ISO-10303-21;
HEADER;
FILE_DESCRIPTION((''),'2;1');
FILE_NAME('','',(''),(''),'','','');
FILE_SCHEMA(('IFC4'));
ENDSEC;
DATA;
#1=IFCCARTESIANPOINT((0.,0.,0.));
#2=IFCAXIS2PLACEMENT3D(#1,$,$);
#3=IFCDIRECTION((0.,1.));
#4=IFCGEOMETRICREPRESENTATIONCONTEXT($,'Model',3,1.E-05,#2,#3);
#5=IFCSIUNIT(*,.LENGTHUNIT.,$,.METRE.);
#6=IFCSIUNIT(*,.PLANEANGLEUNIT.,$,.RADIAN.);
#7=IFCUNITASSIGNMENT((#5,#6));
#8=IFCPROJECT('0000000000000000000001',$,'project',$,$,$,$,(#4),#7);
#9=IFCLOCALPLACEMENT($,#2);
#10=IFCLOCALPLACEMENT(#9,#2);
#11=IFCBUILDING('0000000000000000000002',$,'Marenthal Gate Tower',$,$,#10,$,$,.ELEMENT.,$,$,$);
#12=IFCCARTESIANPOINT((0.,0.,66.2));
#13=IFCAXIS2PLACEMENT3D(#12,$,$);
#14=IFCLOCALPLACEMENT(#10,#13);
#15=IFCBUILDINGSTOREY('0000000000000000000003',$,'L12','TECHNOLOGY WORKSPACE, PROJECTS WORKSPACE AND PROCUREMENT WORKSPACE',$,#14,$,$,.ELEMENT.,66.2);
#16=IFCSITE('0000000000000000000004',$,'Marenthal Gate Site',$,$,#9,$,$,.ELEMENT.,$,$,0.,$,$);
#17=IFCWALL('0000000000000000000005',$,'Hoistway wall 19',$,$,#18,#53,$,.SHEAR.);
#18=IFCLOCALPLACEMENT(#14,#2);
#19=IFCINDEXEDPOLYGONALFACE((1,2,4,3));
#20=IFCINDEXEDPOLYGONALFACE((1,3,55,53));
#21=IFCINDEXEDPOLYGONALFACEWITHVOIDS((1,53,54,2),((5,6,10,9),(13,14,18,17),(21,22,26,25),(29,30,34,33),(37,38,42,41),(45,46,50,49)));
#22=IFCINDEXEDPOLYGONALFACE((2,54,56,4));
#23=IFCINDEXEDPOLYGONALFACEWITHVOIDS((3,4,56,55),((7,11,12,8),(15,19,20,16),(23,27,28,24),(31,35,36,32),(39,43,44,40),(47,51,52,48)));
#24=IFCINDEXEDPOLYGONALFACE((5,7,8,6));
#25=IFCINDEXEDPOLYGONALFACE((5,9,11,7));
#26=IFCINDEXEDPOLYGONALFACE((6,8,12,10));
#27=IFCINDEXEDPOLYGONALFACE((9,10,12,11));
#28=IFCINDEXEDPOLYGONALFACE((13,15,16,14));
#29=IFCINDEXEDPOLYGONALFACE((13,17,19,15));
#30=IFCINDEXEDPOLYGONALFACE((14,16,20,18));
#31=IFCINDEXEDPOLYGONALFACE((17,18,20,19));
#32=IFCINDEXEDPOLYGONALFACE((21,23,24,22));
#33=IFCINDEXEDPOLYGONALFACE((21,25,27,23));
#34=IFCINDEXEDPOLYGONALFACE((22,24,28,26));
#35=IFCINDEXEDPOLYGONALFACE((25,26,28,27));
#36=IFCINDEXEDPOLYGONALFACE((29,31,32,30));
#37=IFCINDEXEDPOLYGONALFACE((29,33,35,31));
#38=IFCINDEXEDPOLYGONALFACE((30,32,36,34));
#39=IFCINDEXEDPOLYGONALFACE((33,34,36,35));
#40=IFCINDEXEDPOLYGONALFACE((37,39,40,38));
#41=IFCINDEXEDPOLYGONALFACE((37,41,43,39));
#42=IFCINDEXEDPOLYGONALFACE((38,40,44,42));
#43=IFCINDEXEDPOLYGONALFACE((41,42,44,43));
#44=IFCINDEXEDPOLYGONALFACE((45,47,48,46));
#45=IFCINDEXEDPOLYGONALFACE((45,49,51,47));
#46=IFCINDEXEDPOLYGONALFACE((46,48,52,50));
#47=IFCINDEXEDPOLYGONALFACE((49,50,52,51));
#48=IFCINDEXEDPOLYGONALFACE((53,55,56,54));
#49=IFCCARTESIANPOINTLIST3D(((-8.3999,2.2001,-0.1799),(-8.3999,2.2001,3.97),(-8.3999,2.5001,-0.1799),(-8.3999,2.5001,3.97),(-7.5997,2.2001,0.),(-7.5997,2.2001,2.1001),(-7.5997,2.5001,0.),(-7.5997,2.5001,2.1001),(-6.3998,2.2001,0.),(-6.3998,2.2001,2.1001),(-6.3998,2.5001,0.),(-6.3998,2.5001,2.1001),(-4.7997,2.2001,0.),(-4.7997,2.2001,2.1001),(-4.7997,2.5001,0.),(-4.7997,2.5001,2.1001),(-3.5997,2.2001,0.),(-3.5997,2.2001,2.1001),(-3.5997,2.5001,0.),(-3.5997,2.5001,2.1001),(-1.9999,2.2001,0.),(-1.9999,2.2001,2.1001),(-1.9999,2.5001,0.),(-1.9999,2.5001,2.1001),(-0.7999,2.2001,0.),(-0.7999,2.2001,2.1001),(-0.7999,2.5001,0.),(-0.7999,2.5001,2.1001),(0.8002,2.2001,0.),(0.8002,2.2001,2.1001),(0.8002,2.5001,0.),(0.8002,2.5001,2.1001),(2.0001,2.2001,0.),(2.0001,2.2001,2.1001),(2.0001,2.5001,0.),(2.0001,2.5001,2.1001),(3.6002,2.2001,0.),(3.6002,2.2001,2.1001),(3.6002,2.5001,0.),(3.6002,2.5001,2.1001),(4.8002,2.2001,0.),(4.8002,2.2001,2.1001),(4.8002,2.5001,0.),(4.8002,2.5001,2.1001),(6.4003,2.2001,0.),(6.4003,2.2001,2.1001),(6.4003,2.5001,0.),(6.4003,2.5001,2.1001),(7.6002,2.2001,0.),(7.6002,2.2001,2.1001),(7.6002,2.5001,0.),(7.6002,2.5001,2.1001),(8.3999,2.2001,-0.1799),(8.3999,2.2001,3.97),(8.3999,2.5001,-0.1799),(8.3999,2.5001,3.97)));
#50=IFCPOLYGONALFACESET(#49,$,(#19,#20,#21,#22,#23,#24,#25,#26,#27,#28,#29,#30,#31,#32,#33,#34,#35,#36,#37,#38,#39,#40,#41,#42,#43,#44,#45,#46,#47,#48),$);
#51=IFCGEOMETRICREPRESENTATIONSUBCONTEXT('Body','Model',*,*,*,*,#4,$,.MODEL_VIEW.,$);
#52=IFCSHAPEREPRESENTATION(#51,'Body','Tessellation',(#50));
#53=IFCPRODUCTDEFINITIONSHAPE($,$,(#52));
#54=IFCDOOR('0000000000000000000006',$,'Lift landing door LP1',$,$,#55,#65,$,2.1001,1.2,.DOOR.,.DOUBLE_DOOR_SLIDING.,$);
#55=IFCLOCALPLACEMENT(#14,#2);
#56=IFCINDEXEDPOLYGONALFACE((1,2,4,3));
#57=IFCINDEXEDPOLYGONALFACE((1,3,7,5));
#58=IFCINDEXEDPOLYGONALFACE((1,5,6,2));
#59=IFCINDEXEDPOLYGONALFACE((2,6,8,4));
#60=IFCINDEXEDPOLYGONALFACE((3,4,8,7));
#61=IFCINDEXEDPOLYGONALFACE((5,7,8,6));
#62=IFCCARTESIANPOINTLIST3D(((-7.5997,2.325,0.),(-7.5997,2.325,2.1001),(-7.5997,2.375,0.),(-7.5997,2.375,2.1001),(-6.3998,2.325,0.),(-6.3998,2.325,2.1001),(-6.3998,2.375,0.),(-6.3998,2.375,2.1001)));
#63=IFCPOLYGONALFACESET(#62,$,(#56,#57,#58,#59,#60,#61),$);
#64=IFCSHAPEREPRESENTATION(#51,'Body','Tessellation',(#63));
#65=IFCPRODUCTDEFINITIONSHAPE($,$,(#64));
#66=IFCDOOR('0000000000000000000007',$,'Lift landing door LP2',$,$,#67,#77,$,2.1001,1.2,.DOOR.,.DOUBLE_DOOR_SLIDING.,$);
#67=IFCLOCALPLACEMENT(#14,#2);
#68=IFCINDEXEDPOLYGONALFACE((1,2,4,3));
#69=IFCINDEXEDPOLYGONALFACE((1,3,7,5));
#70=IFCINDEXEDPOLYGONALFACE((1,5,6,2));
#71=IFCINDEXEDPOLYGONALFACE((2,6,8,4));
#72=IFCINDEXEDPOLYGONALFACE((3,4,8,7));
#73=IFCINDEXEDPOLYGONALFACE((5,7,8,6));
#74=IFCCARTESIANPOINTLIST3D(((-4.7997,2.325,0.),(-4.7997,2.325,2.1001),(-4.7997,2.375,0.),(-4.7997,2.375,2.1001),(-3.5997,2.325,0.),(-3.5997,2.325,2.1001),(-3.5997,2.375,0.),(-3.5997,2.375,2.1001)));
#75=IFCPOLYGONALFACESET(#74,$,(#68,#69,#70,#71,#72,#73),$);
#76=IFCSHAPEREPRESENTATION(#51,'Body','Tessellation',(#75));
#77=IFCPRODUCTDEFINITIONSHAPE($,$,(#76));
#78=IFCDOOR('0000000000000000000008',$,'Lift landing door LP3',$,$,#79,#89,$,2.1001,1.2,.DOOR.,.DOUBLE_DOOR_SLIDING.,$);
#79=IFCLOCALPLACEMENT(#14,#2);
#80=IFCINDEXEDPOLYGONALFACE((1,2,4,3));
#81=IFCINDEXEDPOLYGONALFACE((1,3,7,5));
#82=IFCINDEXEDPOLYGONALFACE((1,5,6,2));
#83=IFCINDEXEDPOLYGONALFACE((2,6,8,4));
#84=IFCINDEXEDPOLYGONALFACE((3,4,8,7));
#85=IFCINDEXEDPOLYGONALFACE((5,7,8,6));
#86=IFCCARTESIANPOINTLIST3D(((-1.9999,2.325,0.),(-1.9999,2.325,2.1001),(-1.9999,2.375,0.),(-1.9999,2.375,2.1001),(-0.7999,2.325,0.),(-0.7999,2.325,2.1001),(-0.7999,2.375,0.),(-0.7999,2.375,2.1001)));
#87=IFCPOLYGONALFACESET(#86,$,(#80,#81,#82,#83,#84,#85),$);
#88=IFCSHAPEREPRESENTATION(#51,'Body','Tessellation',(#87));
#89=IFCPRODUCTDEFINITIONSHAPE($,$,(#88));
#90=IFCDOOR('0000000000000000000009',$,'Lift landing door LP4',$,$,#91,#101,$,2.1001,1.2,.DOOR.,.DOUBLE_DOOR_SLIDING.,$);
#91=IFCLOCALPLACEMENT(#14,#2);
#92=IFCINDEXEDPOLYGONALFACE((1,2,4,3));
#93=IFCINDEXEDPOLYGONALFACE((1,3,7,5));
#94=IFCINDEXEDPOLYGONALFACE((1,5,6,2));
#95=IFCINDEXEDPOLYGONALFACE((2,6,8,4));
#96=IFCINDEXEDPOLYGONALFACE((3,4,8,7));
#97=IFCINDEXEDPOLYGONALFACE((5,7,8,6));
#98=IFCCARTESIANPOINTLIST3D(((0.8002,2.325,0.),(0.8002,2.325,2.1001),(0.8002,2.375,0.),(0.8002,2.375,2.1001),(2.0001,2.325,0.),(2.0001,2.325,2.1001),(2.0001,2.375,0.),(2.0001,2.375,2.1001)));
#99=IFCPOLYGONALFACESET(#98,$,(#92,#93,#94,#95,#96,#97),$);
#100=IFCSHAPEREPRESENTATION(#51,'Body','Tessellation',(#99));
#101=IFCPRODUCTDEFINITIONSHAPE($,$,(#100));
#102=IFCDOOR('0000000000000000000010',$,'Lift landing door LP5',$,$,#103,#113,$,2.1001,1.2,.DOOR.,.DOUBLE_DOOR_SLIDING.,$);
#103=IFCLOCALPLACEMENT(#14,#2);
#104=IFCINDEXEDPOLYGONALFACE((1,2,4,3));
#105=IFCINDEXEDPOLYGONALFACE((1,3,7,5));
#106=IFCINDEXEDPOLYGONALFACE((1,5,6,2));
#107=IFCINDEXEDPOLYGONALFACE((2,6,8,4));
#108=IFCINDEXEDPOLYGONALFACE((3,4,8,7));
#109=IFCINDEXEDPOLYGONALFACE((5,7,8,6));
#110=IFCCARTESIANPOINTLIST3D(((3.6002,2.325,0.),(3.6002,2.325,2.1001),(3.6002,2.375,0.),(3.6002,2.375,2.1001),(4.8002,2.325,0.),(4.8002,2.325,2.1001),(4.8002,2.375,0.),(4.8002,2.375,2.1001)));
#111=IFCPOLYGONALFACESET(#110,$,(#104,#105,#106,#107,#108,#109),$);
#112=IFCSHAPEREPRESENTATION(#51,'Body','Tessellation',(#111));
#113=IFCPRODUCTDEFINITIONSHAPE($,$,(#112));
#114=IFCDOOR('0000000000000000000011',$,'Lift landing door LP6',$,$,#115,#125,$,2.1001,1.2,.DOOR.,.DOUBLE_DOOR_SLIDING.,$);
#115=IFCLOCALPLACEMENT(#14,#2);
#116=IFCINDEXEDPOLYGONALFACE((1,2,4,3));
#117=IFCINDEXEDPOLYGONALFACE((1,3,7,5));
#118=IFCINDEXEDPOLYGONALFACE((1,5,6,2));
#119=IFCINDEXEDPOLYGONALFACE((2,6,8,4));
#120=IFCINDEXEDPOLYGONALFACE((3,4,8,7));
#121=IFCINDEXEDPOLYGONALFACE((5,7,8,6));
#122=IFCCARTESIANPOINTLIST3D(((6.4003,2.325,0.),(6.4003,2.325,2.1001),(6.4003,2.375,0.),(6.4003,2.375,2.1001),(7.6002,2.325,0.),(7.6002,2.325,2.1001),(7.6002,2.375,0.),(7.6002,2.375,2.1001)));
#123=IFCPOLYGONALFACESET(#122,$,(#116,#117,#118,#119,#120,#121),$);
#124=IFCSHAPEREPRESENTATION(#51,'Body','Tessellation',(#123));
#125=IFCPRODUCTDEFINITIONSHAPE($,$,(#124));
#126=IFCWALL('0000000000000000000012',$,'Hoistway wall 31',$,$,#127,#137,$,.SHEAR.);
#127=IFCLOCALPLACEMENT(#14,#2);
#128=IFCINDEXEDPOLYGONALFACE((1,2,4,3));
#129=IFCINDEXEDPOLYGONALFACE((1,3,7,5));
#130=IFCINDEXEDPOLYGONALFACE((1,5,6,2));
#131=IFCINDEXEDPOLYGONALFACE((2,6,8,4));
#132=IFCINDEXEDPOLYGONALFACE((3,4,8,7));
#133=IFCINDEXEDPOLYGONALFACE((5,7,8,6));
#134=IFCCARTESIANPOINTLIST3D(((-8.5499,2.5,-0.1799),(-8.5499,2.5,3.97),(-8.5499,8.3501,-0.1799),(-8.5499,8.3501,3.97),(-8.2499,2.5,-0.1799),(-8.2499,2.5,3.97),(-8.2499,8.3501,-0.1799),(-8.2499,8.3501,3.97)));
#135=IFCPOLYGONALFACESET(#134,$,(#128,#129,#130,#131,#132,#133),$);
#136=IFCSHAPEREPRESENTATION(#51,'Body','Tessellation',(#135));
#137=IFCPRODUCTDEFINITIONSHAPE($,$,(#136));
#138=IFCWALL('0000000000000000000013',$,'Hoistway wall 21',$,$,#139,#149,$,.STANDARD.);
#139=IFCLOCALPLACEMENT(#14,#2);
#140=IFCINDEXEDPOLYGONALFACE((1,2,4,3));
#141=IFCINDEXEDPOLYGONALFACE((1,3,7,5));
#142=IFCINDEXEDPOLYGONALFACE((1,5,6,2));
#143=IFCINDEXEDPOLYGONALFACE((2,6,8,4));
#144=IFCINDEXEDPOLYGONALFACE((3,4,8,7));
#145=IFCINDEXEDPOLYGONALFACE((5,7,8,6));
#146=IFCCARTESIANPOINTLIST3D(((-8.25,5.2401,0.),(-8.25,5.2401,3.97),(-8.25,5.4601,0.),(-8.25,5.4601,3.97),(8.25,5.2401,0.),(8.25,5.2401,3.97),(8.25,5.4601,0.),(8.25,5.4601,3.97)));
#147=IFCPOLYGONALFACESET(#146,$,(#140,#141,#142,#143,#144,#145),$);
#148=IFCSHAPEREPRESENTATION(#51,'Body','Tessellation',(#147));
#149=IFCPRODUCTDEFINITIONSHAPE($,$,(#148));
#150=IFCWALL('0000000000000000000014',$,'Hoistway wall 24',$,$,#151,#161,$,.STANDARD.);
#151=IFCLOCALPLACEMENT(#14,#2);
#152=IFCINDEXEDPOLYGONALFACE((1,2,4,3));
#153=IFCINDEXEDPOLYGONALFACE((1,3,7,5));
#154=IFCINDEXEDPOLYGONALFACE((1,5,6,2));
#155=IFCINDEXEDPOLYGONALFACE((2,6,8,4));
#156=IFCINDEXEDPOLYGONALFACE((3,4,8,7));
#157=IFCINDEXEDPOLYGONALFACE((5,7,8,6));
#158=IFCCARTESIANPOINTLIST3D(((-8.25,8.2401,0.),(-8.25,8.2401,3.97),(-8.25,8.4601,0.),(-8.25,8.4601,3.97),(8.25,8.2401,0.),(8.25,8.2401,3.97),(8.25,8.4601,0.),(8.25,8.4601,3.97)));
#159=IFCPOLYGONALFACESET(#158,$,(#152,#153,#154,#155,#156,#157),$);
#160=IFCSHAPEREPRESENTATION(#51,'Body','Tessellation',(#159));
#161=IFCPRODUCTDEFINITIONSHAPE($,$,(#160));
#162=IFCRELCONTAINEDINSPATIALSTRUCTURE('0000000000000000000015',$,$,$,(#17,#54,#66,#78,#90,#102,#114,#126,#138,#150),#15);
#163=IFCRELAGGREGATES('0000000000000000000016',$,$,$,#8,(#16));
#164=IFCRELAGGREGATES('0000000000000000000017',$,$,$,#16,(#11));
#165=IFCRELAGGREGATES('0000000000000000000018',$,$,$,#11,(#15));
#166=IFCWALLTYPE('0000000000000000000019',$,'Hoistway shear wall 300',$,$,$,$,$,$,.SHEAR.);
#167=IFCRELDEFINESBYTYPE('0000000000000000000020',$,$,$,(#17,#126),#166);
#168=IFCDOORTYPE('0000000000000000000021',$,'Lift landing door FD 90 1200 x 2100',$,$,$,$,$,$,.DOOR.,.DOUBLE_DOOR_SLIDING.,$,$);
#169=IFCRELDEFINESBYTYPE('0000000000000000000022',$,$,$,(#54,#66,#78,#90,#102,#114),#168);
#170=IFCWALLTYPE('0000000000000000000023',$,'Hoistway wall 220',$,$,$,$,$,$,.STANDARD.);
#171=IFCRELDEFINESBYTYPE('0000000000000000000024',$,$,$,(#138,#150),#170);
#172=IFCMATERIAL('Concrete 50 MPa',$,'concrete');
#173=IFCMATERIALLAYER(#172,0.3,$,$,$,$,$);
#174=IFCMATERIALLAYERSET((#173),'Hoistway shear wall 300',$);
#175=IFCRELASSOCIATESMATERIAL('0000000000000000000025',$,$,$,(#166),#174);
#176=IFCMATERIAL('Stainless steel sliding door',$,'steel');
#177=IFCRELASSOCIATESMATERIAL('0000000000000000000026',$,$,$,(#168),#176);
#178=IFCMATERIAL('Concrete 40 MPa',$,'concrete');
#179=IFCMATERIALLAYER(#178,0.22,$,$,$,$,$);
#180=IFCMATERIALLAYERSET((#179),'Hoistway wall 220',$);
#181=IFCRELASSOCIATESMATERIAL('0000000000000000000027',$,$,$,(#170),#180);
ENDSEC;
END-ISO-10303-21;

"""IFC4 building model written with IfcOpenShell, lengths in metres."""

from ifc_helpers import new_model, si_unit, direction, frame, frame_2d, origin, place, context, subcontext, project, spatial, rectangle, extrude, material, layer, layer_set, type_object, element, fill, save


model = new_model("IFC4")

# Units and contexts
model_context = context("Model", 3, precision=1e-05, world=origin(), true_north=direction((0.0, 1.0)))
body_context = subcontext(model_context, "Body", "Model", "MODEL_VIEW")
ifc_project = project(units=[si_unit("LENGTHUNIT", "METRE"), si_unit("PLANEANGLEUNIT", "RADIAN")], contexts=[model_context])

# Site, building, storey
site_placement = place(None, origin())
site = spatial("IfcSite", under=ifc_project, at=site_placement, Name="Marenthal Gate Site", CompositionType="ELEMENT", RefElevation=0.0)
building_placement = place(site_placement, origin())
building = spatial("IfcBuilding", under=site, at=building_placement, Name="Marenthal Gate Tower", CompositionType="ELEMENT")
storey_placement = place(building_placement, frame((0.0, 0.0, 66.2)))
storey = spatial("IfcBuildingStorey", under=building, at=storey_placement, Name="L12", Description="TECHNOLOGY WORKSPACE, PROJECTS WORKSPACE AND PROCUREMENT WORKSPACE", CompositionType="ELEMENT", Elevation=66.2)

# Wall, openings, doors
ifc_material_1 = material(Name="Concrete 50 MPa", Category="concrete")
ifc_layer_1 = layer(ifc_material_1, 0.3)
ifc_layer_set_1 = layer_set([ifc_layer_1], Name="Hoistway shear wall 300")
wall_type_1 = type_object("IfcWallType", Name="Hoistway shear wall 300", PredefinedType="SHEAR", material=ifc_layer_set_1)
wall_1_placement = place(storey_placement, frame((-8.3999, 2.3501, -0.1799), z_axis=(0.0, 0.0, 1.0), x_axis=(1.0, 0.0, 0.0)))
wall_1 = element("IfcWall", 1, at=wall_1_placement, inside=storey, type_object=wall_type_1, Name="Hoistway wall 19", PredefinedType="SHEAR", context=body_context, shape_type="SweptSolid", body=[
    extrude(rectangle(XDim=16.7998, YDim=0.3, at=frame_2d((8.3999, 0.0))), origin(), (0.0, 0.0, 1.0), 4.1499),
])
opening_1_placement = place(wall_1_placement, frame((0.8, 0.0, 0.1799)))
opening_1 = element("IfcOpeningElement", 2, at=opening_1_placement, cuts=wall_1, PredefinedType="OPENING", context=body_context, shape_type="SweptSolid", body=[
    extrude(rectangle(XDim=1.2, YDim=2.1001, at=frame_2d((0.6001, 1.05))), frame((0.0, 0.1602, 0.0), z_axis=(0.0, -1.0, 0.0), x_axis=(1.0, 0.0, 0.0)), (0.0, 0.0, 1.0), 0.3201),
])
opening_2_placement = place(wall_1_placement, frame((3.6001, 0.0, 0.1799)))
opening_2 = element("IfcOpeningElement", 3, at=opening_2_placement, cuts=wall_1, PredefinedType="OPENING", context=body_context, shape_type="SweptSolid", body=[
    extrude(rectangle(XDim=1.2, YDim=2.1001, at=frame_2d((0.6001, 1.05))), frame((0.0, 0.1602, 0.0), z_axis=(0.0, -1.0, 0.0), x_axis=(1.0, 0.0, 0.0)), (0.0, 0.0, 1.0), 0.3201),
])
opening_3_placement = place(wall_1_placement, frame((6.3999, 0.0, 0.1799)))
opening_3 = element("IfcOpeningElement", 4, at=opening_3_placement, cuts=wall_1, PredefinedType="OPENING", context=body_context, shape_type="SweptSolid", body=[
    extrude(rectangle(XDim=1.2, YDim=2.1001, at=frame_2d((0.6001, 1.05))), frame((0.0, 0.1602, 0.0), z_axis=(0.0, -1.0, 0.0), x_axis=(1.0, 0.0, 0.0)), (0.0, 0.0, 1.0), 0.3201),
])
opening_4_placement = place(wall_1_placement, frame((9.2, 0.0, 0.1799)))
opening_4 = element("IfcOpeningElement", 5, at=opening_4_placement, cuts=wall_1, PredefinedType="OPENING", context=body_context, shape_type="SweptSolid", body=[
    extrude(rectangle(XDim=1.2, YDim=2.1001, at=frame_2d((0.6001, 1.05))), frame((0.0, 0.1602, 0.0), z_axis=(0.0, -1.0, 0.0), x_axis=(1.0, 0.0, 0.0)), (0.0, 0.0, 1.0), 0.3201),
])
opening_5_placement = place(wall_1_placement, frame((12.0, 0.0, 0.1799)))
opening_5 = element("IfcOpeningElement", 6, at=opening_5_placement, cuts=wall_1, PredefinedType="OPENING", context=body_context, shape_type="SweptSolid", body=[
    extrude(rectangle(XDim=1.2, YDim=2.1001, at=frame_2d((0.6001, 1.05))), frame((0.0, 0.1602, 0.0), z_axis=(0.0, -1.0, 0.0), x_axis=(1.0, 0.0, 0.0)), (0.0, 0.0, 1.0), 0.3201),
])
opening_6_placement = place(wall_1_placement, frame((14.8, 0.0, 0.1799)))
opening_6 = element("IfcOpeningElement", 7, at=opening_6_placement, cuts=wall_1, PredefinedType="OPENING", context=body_context, shape_type="SweptSolid", body=[
    extrude(rectangle(XDim=1.2, YDim=2.1001, at=frame_2d((0.6001, 1.05))), frame((0.0, 0.1602, 0.0), z_axis=(0.0, -1.0, 0.0), x_axis=(1.0, 0.0, 0.0)), (0.0, 0.0, 1.0), 0.3201),
])
ifc_material_2 = material(Name="Stainless steel sliding door", Category="steel")
door_type_1 = type_object("IfcDoorType", Name="Lift landing door FD 90 1200 x 2100", OperationType="DOUBLE_DOOR_SLIDING", PredefinedType="DOOR", material=ifc_material_2)
door_1_placement = place(opening_1_placement, origin())
door_1 = element("IfcDoor", 8, at=door_1_placement, inside=storey, type_object=door_type_1, Name="Lift landing door LP1", OperationType="DOUBLE_DOOR_SLIDING", OverallHeight=2.1001, OverallWidth=1.2, PredefinedType="DOOR", context=body_context, shape_type="SweptSolid", body=[
    extrude(rectangle(XDim=1.2, YDim=2.1001, at=frame_2d((0.6001, 1.05))), frame((0.0, 0.0249, 0.0), z_axis=(0.0, -1.0, 0.0), x_axis=(1.0, 0.0, 0.0)), (0.0, 0.0, 1.0), 0.05),
])
fill(opening_1, door_1)
door_2_placement = place(opening_2_placement, origin())
door_2 = element("IfcDoor", 9, at=door_2_placement, inside=storey, type_object=door_type_1, Name="Lift landing door LP2", OperationType="DOUBLE_DOOR_SLIDING", OverallHeight=2.1001, OverallWidth=1.2, PredefinedType="DOOR", context=body_context, shape_type="SweptSolid", body=[
    extrude(rectangle(XDim=1.2, YDim=2.1001, at=frame_2d((0.6001, 1.05))), frame((0.0, 0.0249, 0.0), z_axis=(0.0, -1.0, 0.0), x_axis=(1.0, 0.0, 0.0)), (0.0, 0.0, 1.0), 0.05),
])
fill(opening_2, door_2)
door_3_placement = place(opening_3_placement, origin())
door_3 = element("IfcDoor", 10, at=door_3_placement, inside=storey, type_object=door_type_1, Name="Lift landing door LP3", OperationType="DOUBLE_DOOR_SLIDING", OverallHeight=2.1001, OverallWidth=1.2, PredefinedType="DOOR", context=body_context, shape_type="SweptSolid", body=[
    extrude(rectangle(XDim=1.2, YDim=2.1001, at=frame_2d((0.6001, 1.05))), frame((0.0, 0.0249, 0.0), z_axis=(0.0, -1.0, 0.0), x_axis=(1.0, 0.0, 0.0)), (0.0, 0.0, 1.0), 0.05),
])
fill(opening_3, door_3)
door_4_placement = place(opening_4_placement, origin())
door_4 = element("IfcDoor", 11, at=door_4_placement, inside=storey, type_object=door_type_1, Name="Lift landing door LP4", OperationType="DOUBLE_DOOR_SLIDING", OverallHeight=2.1001, OverallWidth=1.2, PredefinedType="DOOR", context=body_context, shape_type="SweptSolid", body=[
    extrude(rectangle(XDim=1.2, YDim=2.1001, at=frame_2d((0.6001, 1.05))), frame((0.0, 0.0249, 0.0), z_axis=(0.0, -1.0, 0.0), x_axis=(1.0, 0.0, 0.0)), (0.0, 0.0, 1.0), 0.05),
])
fill(opening_4, door_4)
door_5_placement = place(opening_5_placement, origin())
door_5 = element("IfcDoor", 12, at=door_5_placement, inside=storey, type_object=door_type_1, Name="Lift landing door LP5", OperationType="DOUBLE_DOOR_SLIDING", OverallHeight=2.1001, OverallWidth=1.2, PredefinedType="DOOR", context=body_context, shape_type="SweptSolid", body=[
    extrude(rectangle(XDim=1.2, YDim=2.1001, at=frame_2d((0.6001, 1.05))), frame((0.0, 0.0249, 0.0), z_axis=(0.0, -1.0, 0.0), x_axis=(1.0, 0.0, 0.0)), (0.0, 0.0, 1.0), 0.05),
])
fill(opening_5, door_5)
door_6_placement = place(opening_6_placement, origin())
door_6 = element("IfcDoor", 13, at=door_6_placement, inside=storey, type_object=door_type_1, Name="Lift landing door LP6", OperationType="DOUBLE_DOOR_SLIDING", OverallHeight=2.1001, OverallWidth=1.2, PredefinedType="DOOR", context=body_context, shape_type="SweptSolid", body=[
    extrude(rectangle(XDim=1.2, YDim=2.1001, at=frame_2d((0.6001, 1.05))), frame((0.0, 0.0249, 0.0), z_axis=(0.0, -1.0, 0.0), x_axis=(1.0, 0.0, 0.0)), (0.0, 0.0, 1.0), 0.05),
])
fill(opening_6, door_6)

# Walls
wall_2_placement = place(storey_placement, frame((-8.3999, 2.5, -0.1799), z_axis=(0.0, 0.0, 1.0), x_axis=(0.0, 1.0, 0.0)))
element("IfcWall", 14, at=wall_2_placement, inside=storey, type_object=wall_type_1, Name="Hoistway wall 31", PredefinedType="SHEAR", context=body_context, shape_type="SweptSolid", body=[
    extrude(rectangle(XDim=5.8501, YDim=0.3, at=frame_2d((2.925, 0.0))), origin(), (0.0, 0.0, 1.0), 4.1499),
])
ifc_material_3 = material(Name="Concrete 40 MPa", Category="concrete")
ifc_layer_2 = layer(ifc_material_3, 0.22)
ifc_layer_set_2 = layer_set([ifc_layer_2], Name="Hoistway wall 220")
wall_type_2 = type_object("IfcWallType", Name="Hoistway wall 220", PredefinedType="STANDARD", material=ifc_layer_set_2)
for number, where, z_axis, x_axis, name in (
    (15, (-8.25, 5.3501, 0.0), (0.0, 0.0, 1.0), (1.0, 0.0, 0.0), "Hoistway wall 21"),
    (16, (-8.25, 8.3501, 0.0), (0.0, 0.0, 1.0), (1.0, 0.0, 0.0), "Hoistway wall 24"),
):
    element("IfcWall", number, at=place(storey_placement, frame(where, z_axis=z_axis, x_axis=x_axis)), inside=storey, type_object=wall_type_2, Name=name, PredefinedType="STANDARD", context=body_context, shape_type="SweptSolid", body=[
        extrude(rectangle(XDim=16.5, YDim=0.22, at=frame_2d((8.25, 0.0))), origin(), (0.0, 0.0, 1.0), 3.97),
    ])

save(model, "model.ifc")
